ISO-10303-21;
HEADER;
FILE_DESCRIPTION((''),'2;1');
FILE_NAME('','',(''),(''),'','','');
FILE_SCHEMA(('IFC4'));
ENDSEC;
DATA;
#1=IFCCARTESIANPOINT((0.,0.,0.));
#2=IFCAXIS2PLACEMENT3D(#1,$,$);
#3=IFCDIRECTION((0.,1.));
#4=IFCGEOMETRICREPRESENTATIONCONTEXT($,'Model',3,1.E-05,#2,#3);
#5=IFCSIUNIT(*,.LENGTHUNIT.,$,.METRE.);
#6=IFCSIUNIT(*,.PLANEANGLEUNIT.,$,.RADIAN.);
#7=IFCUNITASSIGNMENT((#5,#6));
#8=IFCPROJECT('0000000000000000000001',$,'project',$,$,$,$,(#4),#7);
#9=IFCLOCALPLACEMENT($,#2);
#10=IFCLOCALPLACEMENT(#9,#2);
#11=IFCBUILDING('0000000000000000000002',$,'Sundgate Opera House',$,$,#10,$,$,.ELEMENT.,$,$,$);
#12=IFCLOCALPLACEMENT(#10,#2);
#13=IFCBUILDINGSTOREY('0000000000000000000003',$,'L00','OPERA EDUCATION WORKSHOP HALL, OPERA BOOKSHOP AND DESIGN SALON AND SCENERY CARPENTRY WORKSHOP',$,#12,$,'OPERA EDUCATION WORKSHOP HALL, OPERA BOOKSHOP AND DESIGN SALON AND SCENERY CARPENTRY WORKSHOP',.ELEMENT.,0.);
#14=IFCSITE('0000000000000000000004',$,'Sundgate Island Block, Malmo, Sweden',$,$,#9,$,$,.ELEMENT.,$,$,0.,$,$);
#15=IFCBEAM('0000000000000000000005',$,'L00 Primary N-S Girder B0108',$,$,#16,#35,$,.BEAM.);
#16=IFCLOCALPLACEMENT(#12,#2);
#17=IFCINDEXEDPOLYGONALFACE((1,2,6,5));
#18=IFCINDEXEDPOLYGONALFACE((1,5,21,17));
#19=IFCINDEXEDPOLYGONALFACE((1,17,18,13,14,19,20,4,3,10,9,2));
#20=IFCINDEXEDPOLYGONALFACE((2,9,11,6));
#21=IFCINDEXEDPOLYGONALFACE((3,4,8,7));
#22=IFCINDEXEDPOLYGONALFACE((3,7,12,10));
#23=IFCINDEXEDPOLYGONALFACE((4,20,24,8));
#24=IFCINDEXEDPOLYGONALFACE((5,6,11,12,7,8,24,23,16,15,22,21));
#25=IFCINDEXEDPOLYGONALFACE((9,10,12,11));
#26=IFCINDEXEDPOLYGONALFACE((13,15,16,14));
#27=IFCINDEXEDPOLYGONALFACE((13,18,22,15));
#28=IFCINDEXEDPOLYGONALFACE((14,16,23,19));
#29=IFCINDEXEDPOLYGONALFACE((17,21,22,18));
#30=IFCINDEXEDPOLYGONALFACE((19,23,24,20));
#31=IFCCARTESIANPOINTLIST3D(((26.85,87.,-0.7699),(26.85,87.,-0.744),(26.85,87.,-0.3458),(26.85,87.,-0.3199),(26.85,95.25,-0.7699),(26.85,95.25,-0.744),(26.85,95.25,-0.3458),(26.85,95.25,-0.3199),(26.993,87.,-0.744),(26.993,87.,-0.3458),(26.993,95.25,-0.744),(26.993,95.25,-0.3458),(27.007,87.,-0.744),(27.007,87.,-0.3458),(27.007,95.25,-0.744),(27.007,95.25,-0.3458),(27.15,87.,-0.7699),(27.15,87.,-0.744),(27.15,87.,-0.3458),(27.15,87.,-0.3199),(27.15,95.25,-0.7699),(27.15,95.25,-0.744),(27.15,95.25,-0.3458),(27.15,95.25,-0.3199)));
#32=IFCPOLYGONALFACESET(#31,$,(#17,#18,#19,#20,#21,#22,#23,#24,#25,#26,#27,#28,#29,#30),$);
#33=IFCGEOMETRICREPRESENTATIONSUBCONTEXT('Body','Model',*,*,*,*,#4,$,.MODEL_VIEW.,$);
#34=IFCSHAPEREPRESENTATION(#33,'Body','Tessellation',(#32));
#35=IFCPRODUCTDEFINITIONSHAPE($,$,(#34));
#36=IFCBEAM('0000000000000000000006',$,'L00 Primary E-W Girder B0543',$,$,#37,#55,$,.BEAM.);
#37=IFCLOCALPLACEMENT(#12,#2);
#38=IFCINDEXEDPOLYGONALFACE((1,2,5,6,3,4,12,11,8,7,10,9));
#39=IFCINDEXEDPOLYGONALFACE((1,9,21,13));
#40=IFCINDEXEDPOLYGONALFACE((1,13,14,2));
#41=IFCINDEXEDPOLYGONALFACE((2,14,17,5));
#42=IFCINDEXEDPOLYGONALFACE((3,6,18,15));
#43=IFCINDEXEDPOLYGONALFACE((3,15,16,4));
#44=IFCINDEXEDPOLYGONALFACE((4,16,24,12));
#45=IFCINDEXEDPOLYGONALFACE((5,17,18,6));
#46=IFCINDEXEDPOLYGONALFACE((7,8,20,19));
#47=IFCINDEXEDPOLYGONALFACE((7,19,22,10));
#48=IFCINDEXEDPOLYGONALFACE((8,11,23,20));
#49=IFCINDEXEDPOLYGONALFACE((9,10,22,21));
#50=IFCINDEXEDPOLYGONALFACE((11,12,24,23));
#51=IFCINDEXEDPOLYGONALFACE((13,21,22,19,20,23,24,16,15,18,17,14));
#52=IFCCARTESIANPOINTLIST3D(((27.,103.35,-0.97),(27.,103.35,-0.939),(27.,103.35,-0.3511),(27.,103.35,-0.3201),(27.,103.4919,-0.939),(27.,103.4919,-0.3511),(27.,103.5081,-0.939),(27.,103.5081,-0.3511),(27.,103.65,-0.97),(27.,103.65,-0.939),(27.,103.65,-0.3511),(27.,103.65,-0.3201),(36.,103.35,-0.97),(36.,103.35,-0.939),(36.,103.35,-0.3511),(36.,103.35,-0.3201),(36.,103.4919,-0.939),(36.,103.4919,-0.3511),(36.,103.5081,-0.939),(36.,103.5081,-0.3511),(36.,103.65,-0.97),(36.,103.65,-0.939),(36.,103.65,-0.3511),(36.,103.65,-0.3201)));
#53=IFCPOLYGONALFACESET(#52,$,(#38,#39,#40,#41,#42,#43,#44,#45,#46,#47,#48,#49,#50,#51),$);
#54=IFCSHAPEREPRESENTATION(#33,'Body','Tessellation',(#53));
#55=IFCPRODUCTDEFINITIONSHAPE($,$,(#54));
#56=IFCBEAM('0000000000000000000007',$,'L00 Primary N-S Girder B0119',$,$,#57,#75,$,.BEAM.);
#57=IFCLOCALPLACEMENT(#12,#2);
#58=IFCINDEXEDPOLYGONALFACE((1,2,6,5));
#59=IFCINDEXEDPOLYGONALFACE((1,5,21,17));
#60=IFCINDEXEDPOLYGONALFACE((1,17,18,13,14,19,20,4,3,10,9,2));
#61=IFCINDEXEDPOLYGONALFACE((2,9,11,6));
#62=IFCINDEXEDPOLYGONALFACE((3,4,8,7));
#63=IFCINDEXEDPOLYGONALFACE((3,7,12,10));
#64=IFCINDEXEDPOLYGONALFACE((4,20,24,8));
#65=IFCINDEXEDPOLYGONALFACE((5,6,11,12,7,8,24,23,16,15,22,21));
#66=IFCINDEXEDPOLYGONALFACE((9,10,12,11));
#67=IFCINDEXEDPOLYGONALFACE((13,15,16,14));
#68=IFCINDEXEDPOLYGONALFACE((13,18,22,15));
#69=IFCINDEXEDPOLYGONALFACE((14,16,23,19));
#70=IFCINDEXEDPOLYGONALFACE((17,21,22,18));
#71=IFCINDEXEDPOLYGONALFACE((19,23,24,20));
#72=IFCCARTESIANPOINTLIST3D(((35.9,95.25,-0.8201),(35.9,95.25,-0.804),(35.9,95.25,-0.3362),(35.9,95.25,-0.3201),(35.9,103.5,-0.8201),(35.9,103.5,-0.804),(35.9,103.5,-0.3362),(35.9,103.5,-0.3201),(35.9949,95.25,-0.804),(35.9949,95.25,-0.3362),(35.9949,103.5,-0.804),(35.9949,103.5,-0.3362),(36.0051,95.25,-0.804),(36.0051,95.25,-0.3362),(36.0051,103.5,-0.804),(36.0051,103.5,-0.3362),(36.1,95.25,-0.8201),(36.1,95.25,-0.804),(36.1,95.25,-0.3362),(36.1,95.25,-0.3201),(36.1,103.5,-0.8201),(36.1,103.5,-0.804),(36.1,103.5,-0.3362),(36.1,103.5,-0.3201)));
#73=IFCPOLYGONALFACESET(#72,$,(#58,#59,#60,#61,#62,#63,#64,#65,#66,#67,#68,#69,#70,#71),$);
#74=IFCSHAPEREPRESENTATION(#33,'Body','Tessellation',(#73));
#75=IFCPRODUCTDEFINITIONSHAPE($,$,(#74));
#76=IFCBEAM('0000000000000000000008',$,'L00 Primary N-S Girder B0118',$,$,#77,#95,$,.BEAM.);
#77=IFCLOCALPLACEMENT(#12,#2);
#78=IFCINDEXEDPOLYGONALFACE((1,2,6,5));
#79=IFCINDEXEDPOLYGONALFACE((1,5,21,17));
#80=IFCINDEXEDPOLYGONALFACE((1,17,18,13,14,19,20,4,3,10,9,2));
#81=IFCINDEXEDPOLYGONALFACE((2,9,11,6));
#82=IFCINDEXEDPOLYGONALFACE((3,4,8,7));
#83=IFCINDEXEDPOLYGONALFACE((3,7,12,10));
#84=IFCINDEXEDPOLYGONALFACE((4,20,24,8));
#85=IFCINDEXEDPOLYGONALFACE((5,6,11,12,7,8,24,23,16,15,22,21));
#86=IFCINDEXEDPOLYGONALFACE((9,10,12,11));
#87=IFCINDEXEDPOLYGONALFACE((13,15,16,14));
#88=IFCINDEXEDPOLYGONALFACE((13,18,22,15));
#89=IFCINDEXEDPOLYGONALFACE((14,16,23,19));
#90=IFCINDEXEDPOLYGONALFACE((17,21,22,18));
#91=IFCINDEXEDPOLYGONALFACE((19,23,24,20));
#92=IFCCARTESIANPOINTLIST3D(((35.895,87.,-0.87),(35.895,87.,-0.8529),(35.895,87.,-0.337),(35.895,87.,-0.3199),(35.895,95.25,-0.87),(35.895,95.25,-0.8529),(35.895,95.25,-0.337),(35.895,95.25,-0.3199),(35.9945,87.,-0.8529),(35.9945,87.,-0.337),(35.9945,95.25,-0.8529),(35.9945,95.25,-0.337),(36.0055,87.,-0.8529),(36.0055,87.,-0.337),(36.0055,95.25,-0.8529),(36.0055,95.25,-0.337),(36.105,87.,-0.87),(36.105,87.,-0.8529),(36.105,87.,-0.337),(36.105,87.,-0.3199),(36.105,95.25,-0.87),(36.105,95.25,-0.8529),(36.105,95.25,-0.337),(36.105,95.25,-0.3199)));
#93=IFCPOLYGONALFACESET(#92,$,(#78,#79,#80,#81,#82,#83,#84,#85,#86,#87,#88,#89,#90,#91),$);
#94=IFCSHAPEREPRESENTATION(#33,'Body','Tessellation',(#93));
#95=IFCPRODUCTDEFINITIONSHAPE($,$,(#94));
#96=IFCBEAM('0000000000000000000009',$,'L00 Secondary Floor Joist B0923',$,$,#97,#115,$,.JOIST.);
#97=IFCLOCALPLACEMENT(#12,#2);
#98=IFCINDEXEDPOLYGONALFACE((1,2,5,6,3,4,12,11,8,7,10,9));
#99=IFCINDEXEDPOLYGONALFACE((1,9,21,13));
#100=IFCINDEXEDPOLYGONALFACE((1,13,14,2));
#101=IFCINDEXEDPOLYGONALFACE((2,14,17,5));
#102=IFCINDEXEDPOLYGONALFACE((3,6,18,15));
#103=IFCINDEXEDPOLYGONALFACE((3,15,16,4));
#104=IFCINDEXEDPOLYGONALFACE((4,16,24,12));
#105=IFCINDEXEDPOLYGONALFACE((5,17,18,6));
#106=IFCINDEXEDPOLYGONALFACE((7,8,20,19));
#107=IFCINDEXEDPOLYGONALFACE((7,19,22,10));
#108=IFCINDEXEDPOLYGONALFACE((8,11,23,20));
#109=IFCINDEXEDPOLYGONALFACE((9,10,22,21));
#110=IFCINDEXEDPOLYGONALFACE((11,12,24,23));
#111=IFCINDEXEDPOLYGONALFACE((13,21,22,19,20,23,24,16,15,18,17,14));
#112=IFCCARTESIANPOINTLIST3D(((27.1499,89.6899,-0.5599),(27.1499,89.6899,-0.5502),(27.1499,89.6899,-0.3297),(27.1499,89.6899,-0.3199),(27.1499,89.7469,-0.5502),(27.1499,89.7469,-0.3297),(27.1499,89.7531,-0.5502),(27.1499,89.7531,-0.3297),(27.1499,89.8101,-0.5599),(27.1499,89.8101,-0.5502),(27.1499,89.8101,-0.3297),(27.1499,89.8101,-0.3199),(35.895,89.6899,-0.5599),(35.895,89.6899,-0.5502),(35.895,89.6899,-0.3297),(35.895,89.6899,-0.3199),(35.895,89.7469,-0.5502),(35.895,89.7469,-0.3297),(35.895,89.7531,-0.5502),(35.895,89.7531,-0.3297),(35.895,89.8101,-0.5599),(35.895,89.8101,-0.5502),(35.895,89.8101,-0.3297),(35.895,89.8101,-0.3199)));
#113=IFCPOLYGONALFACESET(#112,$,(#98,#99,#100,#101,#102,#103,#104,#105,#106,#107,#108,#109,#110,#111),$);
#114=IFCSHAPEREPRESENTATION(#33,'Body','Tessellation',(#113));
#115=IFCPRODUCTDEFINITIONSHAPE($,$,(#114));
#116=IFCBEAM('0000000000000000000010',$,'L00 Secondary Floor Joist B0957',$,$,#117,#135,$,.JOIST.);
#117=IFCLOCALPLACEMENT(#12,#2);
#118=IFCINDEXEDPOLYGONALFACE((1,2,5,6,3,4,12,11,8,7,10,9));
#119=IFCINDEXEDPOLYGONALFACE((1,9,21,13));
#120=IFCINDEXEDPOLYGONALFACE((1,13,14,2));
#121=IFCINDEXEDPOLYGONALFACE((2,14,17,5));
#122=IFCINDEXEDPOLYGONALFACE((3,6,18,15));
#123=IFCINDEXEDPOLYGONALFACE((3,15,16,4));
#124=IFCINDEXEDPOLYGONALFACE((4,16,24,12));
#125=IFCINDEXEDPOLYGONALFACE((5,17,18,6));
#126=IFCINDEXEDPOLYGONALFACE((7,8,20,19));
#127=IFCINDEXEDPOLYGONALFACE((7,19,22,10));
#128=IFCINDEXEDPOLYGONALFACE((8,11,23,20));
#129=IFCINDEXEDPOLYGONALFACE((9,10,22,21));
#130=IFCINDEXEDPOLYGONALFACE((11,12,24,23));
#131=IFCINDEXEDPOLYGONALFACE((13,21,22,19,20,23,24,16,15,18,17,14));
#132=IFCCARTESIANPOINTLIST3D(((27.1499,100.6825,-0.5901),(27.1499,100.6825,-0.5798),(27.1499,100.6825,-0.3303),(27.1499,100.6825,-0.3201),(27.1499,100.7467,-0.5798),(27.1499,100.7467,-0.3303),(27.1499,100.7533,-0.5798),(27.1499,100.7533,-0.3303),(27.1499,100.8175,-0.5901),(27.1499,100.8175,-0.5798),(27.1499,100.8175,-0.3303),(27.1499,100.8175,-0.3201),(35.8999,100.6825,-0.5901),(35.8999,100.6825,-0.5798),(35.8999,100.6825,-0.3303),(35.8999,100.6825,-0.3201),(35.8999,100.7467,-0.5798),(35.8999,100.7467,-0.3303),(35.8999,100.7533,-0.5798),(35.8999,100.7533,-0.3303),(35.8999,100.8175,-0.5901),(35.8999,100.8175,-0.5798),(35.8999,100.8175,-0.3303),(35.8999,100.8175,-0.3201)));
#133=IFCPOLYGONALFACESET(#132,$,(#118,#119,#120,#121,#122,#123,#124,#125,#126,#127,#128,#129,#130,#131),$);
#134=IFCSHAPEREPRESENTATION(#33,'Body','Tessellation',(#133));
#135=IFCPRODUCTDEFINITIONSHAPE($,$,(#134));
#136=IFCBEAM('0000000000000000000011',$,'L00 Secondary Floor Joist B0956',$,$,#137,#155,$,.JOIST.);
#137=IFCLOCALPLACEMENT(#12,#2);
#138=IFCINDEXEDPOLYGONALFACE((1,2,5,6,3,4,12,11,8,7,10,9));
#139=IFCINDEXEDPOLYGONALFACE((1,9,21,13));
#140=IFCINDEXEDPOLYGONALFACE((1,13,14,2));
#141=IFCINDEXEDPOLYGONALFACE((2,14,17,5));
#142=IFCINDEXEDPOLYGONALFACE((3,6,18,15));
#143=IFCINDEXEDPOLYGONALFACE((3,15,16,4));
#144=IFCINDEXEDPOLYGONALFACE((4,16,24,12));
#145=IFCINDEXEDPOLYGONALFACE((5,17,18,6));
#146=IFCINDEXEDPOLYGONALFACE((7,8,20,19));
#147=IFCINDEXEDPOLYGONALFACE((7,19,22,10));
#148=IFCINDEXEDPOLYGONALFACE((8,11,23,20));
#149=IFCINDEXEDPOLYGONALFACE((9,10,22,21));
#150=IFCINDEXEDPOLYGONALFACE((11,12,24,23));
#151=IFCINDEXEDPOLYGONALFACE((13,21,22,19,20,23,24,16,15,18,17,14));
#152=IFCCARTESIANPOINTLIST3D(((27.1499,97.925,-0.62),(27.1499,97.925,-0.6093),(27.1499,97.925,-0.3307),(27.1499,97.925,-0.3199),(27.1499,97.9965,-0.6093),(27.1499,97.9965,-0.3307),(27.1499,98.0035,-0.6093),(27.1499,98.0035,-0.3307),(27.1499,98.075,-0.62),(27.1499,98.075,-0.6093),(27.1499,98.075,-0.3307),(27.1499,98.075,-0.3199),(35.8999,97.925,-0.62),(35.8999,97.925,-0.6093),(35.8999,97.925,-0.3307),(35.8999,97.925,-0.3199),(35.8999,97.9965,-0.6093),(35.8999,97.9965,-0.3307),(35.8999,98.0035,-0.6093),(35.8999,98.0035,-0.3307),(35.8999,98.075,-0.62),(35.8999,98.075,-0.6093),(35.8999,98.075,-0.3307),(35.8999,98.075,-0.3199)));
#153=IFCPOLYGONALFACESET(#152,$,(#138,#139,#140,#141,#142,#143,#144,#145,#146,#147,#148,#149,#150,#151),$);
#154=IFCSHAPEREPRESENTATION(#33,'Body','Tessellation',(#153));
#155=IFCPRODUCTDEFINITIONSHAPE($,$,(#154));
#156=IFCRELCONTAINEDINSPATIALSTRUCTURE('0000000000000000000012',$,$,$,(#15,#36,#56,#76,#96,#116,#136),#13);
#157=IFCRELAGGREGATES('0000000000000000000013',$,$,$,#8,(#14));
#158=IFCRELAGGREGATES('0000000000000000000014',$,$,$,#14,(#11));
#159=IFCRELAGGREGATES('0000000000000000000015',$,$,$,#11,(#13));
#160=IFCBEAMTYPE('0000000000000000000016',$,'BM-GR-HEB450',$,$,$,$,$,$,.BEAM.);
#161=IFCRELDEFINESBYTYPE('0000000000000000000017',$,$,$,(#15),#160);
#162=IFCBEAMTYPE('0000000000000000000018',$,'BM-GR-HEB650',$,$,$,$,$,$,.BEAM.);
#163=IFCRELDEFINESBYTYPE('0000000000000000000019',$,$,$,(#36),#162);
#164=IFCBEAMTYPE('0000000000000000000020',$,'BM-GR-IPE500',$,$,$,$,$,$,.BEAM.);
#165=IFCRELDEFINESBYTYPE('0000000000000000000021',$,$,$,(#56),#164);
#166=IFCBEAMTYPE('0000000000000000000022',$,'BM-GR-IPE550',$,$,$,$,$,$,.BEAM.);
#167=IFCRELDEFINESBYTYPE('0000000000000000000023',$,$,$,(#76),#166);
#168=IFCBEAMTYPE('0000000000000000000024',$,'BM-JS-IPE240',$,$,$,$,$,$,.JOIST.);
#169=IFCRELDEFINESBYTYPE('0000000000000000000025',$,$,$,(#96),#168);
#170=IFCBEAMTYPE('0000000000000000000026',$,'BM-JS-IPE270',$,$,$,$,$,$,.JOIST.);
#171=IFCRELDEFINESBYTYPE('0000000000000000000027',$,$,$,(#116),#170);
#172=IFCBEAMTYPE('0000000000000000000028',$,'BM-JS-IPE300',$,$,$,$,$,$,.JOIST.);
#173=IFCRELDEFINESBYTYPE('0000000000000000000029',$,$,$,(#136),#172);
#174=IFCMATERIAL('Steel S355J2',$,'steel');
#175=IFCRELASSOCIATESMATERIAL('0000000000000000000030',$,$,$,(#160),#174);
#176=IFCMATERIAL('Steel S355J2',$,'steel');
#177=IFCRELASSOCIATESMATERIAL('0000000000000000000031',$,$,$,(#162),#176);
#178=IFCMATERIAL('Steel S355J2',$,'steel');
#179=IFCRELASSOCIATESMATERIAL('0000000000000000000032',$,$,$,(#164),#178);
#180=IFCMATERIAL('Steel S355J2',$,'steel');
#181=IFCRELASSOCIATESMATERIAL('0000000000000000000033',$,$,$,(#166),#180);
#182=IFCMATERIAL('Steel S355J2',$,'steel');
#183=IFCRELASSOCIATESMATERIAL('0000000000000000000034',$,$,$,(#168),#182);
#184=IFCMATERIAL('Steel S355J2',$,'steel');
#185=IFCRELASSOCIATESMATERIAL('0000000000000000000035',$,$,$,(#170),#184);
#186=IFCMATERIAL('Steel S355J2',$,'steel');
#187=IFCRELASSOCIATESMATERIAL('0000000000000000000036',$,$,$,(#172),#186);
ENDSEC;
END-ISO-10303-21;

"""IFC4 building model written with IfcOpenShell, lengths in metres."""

from ifc_helpers import new_model, si_unit, direction, frame, origin, origin_2d, place, context, subcontext, project, spatial, i_section, extrude, material, material_profile, profile_set, type_object, element, save


model = new_model("IFC4")

# Units and contexts
model_context = context("Model", 3, precision=1e-05, world=origin(), true_north=direction((0.0, 1.0)))
body_context = subcontext(model_context, "Body", "Model", "MODEL_VIEW")
ifc_project = project(units=[si_unit("LENGTHUNIT", "METRE"), si_unit("PLANEANGLEUNIT", "RADIAN")], contexts=[model_context])

# Site, building, storey
site_placement = place(None, origin())
site = spatial("IfcSite", under=ifc_project, at=site_placement, Name="Sundgate Island Block, Malmo, Sweden", CompositionType="ELEMENT", RefElevation=0.0)
building_placement = place(site_placement, origin())
building = spatial("IfcBuilding", under=site, at=building_placement, Name="Sundgate Opera House", CompositionType="ELEMENT")
storey_placement = place(building_placement, origin())
storey = spatial("IfcBuildingStorey", under=building, at=storey_placement, Name="L00", Description="OPERA EDUCATION WORKSHOP HALL, OPERA BOOKSHOP AND DESIGN SALON AND SCENERY CARPENTRY WORKSHOP", LongName="OPERA EDUCATION WORKSHOP HALL, OPERA BOOKSHOP AND DESIGN SALON AND SCENERY CARPENTRY WORKSHOP", CompositionType="ELEMENT", Elevation=0.0)

# Beams
ifc_material_1 = material(Name="Steel S355J2", Category="steel")
ifc_material_profile_1 = material_profile(ifc_material_1, i_section(OverallWidth=0.3, OverallDepth=0.45, WebThickness=0.0139, FlangeThickness=0.0259, at=origin_2d()), Name="HEB 450")
ifc_profile_set_1 = profile_set([ifc_material_profile_1], Name="Steel S355J2")
beam_type_1 = type_object("IfcBeamType", Name="BM-GR-HEB450", PredefinedType="BEAM", material=ifc_profile_set_1)
beam_1_placement = place(storey_placement, frame((27.0, 87.0, -0.5449), z_axis=(0.0, 1.0, 0.0), x_axis=(-1.0, 0.0, 0.0)))
element("IfcBeam", 1, at=beam_1_placement, inside=storey, type_object=beam_type_1, Name="L00 Primary N-S Girder B0108", PredefinedType="BEAM", context=body_context, shape_type="SweptSolid", body=[
    extrude(i_section(OverallWidth=0.3, OverallDepth=0.45, WebThickness=0.0139, FlangeThickness=0.0259, at=origin_2d()), origin(), (0.0, 0.0, 1.0), 8.25),
])
ifc_material_2 = material(Name="Steel S355J2", Category="steel")
ifc_material_profile_2 = material_profile(ifc_material_2, i_section(OverallWidth=0.3, OverallDepth=0.6499, WebThickness=0.0161, FlangeThickness=0.031, at=origin_2d()), Name="HEB 650")
ifc_profile_set_2 = profile_set([ifc_material_profile_2], Name="Steel S355J2")
beam_type_2 = type_object("IfcBeamType", Name="BM-GR-HEB650", PredefinedType="BEAM", material=ifc_profile_set_2)
beam_2_placement = place(storey_placement, frame((27.0, 103.5, -0.645), z_axis=(1.0, 0.0, 0.0), x_axis=(0.0, 1.0, 0.0)))
element("IfcBeam", 2, at=beam_2_placement, inside=storey, type_object=beam_type_2, Name="L00 Primary E-W Girder B0543", PredefinedType="BEAM", context=body_context, shape_type="SweptSolid", body=[
    extrude(i_section(OverallWidth=0.3, OverallDepth=0.6499, WebThickness=0.0161, FlangeThickness=0.031, at=origin_2d()), origin(), (0.0, 0.0, 1.0), 9.0),
])
ifc_material_3 = material(Name="Steel S355J2", Category="steel")
ifc_material_profile_3 = material_profile(ifc_material_3, i_section(OverallWidth=0.2, OverallDepth=0.5, WebThickness=0.0103, FlangeThickness=0.0161, at=origin_2d()), Name="IPE 500")
ifc_profile_set_3 = profile_set([ifc_material_profile_3], Name="Steel S355J2")
beam_type_3 = type_object("IfcBeamType", Name="BM-GR-IPE500", PredefinedType="BEAM", material=ifc_profile_set_3)
beam_3_placement = place(storey_placement, frame((36.0, 95.25, -0.5701), z_axis=(0.0, 1.0, 0.0), x_axis=(-1.0, 0.0, 0.0)))
element("IfcBeam", 3, at=beam_3_placement, inside=storey, type_object=beam_type_3, Name="L00 Primary N-S Girder B0119", PredefinedType="BEAM", context=body_context, shape_type="SweptSolid", body=[
    extrude(i_section(OverallWidth=0.2, OverallDepth=0.5, WebThickness=0.0103, FlangeThickness=0.0161, at=origin_2d()), origin(), (0.0, 0.0, 1.0), 8.25),
])
ifc_material_4 = material(Name="Steel S355J2", Category="steel")
ifc_material_profile_4 = material_profile(ifc_material_4, i_section(OverallWidth=0.21, OverallDepth=0.55, WebThickness=0.011, FlangeThickness=0.0171, at=origin_2d()), Name="IPE 550")
ifc_profile_set_4 = profile_set([ifc_material_profile_4], Name="Steel S355J2")
beam_type_4 = type_object("IfcBeamType", Name="BM-GR-IPE550", PredefinedType="BEAM", material=ifc_profile_set_4)
beam_4_placement = place(storey_placement, frame((36.0, 87.0, -0.595), z_axis=(0.0, 1.0, 0.0), x_axis=(-1.0, 0.0, 0.0)))
element("IfcBeam", 4, at=beam_4_placement, inside=storey, type_object=beam_type_4, Name="L00 Primary N-S Girder B0118", PredefinedType="BEAM", context=body_context, shape_type="SweptSolid", body=[
    extrude(i_section(OverallWidth=0.21, OverallDepth=0.55, WebThickness=0.011, FlangeThickness=0.0171, at=origin_2d()), origin(), (0.0, 0.0, 1.0), 8.25),
])
ifc_material_5 = material(Name="Steel S355J2", Category="steel")
ifc_material_profile_5 = material_profile(ifc_material_5, i_section(OverallWidth=0.1201, OverallDepth=0.24, WebThickness=0.0061, FlangeThickness=0.0098, at=origin_2d()), Name="IPE 240")
ifc_profile_set_5 = profile_set([ifc_material_profile_5], Name="Steel S355J2")
beam_type_5 = type_object("IfcBeamType", Name="BM-JS-IPE240", PredefinedType="JOIST", material=ifc_profile_set_5)
beam_5_placement = place(storey_placement, frame((27.1499, 89.75, -0.4399), z_axis=(1.0, 0.0, 0.0), x_axis=(0.0, 1.0, 0.0)))
element("IfcBeam", 5, at=beam_5_placement, inside=storey, type_object=beam_type_5, Name="L00 Secondary Floor Joist B0923", PredefinedType="JOIST", context=body_context, shape_type="SweptSolid", body=[
    extrude(i_section(OverallWidth=0.1201, OverallDepth=0.24, WebThickness=0.0061, FlangeThickness=0.0098, at=origin_2d()), origin(), (0.0, 0.0, 1.0), 8.7451),
])
ifc_material_6 = material(Name="Steel S355J2", Category="steel")
ifc_material_profile_6 = material_profile(ifc_material_6, i_section(OverallWidth=0.135, OverallDepth=0.27, WebThickness=0.0066, FlangeThickness=0.0103, at=origin_2d()), Name="IPE 270")
ifc_profile_set_6 = profile_set([ifc_material_profile_6], Name="Steel S355J2")
beam_type_6 = type_object("IfcBeamType", Name="BM-JS-IPE270", PredefinedType="JOIST", material=ifc_profile_set_6)
beam_6_placement = place(storey_placement, frame((27.1499, 100.75, -0.4551), z_axis=(1.0, 0.0, 0.0), x_axis=(0.0, 1.0, 0.0)))
element("IfcBeam", 6, at=beam_6_placement, inside=storey, type_object=beam_type_6, Name="L00 Secondary Floor Joist B0957", PredefinedType="JOIST", context=body_context, shape_type="SweptSolid", body=[
    extrude(i_section(OverallWidth=0.135, OverallDepth=0.27, WebThickness=0.0066, FlangeThickness=0.0103, at=origin_2d()), origin(), (0.0, 0.0, 1.0), 8.75),
])
ifc_material_7 = material(Name="Steel S355J2", Category="steel")
ifc_material_profile_7 = material_profile(ifc_material_7, i_section(OverallWidth=0.1499, OverallDepth=0.3, WebThickness=0.0071, FlangeThickness=0.0107, at=origin_2d()), Name="IPE 300")
ifc_profile_set_7 = profile_set([ifc_material_profile_7], Name="Steel S355J2")
beam_type_7 = type_object("IfcBeamType", Name="BM-JS-IPE300", PredefinedType="JOIST", material=ifc_profile_set_7)
beam_7_placement = place(storey_placement, frame((27.1499, 98.0, -0.47), z_axis=(1.0, 0.0, 0.0), x_axis=(0.0, 1.0, 0.0)))
element("IfcBeam", 7, at=beam_7_placement, inside=storey, type_object=beam_type_7, Name="L00 Secondary Floor Joist B0956", PredefinedType="JOIST", context=body_context, shape_type="SweptSolid", body=[
    extrude(i_section(OverallWidth=0.1499, OverallDepth=0.3, WebThickness=0.0071, FlangeThickness=0.0107, at=origin_2d()), origin(), (0.0, 0.0, 1.0), 8.75),
])

save(model, "model.ifc")
